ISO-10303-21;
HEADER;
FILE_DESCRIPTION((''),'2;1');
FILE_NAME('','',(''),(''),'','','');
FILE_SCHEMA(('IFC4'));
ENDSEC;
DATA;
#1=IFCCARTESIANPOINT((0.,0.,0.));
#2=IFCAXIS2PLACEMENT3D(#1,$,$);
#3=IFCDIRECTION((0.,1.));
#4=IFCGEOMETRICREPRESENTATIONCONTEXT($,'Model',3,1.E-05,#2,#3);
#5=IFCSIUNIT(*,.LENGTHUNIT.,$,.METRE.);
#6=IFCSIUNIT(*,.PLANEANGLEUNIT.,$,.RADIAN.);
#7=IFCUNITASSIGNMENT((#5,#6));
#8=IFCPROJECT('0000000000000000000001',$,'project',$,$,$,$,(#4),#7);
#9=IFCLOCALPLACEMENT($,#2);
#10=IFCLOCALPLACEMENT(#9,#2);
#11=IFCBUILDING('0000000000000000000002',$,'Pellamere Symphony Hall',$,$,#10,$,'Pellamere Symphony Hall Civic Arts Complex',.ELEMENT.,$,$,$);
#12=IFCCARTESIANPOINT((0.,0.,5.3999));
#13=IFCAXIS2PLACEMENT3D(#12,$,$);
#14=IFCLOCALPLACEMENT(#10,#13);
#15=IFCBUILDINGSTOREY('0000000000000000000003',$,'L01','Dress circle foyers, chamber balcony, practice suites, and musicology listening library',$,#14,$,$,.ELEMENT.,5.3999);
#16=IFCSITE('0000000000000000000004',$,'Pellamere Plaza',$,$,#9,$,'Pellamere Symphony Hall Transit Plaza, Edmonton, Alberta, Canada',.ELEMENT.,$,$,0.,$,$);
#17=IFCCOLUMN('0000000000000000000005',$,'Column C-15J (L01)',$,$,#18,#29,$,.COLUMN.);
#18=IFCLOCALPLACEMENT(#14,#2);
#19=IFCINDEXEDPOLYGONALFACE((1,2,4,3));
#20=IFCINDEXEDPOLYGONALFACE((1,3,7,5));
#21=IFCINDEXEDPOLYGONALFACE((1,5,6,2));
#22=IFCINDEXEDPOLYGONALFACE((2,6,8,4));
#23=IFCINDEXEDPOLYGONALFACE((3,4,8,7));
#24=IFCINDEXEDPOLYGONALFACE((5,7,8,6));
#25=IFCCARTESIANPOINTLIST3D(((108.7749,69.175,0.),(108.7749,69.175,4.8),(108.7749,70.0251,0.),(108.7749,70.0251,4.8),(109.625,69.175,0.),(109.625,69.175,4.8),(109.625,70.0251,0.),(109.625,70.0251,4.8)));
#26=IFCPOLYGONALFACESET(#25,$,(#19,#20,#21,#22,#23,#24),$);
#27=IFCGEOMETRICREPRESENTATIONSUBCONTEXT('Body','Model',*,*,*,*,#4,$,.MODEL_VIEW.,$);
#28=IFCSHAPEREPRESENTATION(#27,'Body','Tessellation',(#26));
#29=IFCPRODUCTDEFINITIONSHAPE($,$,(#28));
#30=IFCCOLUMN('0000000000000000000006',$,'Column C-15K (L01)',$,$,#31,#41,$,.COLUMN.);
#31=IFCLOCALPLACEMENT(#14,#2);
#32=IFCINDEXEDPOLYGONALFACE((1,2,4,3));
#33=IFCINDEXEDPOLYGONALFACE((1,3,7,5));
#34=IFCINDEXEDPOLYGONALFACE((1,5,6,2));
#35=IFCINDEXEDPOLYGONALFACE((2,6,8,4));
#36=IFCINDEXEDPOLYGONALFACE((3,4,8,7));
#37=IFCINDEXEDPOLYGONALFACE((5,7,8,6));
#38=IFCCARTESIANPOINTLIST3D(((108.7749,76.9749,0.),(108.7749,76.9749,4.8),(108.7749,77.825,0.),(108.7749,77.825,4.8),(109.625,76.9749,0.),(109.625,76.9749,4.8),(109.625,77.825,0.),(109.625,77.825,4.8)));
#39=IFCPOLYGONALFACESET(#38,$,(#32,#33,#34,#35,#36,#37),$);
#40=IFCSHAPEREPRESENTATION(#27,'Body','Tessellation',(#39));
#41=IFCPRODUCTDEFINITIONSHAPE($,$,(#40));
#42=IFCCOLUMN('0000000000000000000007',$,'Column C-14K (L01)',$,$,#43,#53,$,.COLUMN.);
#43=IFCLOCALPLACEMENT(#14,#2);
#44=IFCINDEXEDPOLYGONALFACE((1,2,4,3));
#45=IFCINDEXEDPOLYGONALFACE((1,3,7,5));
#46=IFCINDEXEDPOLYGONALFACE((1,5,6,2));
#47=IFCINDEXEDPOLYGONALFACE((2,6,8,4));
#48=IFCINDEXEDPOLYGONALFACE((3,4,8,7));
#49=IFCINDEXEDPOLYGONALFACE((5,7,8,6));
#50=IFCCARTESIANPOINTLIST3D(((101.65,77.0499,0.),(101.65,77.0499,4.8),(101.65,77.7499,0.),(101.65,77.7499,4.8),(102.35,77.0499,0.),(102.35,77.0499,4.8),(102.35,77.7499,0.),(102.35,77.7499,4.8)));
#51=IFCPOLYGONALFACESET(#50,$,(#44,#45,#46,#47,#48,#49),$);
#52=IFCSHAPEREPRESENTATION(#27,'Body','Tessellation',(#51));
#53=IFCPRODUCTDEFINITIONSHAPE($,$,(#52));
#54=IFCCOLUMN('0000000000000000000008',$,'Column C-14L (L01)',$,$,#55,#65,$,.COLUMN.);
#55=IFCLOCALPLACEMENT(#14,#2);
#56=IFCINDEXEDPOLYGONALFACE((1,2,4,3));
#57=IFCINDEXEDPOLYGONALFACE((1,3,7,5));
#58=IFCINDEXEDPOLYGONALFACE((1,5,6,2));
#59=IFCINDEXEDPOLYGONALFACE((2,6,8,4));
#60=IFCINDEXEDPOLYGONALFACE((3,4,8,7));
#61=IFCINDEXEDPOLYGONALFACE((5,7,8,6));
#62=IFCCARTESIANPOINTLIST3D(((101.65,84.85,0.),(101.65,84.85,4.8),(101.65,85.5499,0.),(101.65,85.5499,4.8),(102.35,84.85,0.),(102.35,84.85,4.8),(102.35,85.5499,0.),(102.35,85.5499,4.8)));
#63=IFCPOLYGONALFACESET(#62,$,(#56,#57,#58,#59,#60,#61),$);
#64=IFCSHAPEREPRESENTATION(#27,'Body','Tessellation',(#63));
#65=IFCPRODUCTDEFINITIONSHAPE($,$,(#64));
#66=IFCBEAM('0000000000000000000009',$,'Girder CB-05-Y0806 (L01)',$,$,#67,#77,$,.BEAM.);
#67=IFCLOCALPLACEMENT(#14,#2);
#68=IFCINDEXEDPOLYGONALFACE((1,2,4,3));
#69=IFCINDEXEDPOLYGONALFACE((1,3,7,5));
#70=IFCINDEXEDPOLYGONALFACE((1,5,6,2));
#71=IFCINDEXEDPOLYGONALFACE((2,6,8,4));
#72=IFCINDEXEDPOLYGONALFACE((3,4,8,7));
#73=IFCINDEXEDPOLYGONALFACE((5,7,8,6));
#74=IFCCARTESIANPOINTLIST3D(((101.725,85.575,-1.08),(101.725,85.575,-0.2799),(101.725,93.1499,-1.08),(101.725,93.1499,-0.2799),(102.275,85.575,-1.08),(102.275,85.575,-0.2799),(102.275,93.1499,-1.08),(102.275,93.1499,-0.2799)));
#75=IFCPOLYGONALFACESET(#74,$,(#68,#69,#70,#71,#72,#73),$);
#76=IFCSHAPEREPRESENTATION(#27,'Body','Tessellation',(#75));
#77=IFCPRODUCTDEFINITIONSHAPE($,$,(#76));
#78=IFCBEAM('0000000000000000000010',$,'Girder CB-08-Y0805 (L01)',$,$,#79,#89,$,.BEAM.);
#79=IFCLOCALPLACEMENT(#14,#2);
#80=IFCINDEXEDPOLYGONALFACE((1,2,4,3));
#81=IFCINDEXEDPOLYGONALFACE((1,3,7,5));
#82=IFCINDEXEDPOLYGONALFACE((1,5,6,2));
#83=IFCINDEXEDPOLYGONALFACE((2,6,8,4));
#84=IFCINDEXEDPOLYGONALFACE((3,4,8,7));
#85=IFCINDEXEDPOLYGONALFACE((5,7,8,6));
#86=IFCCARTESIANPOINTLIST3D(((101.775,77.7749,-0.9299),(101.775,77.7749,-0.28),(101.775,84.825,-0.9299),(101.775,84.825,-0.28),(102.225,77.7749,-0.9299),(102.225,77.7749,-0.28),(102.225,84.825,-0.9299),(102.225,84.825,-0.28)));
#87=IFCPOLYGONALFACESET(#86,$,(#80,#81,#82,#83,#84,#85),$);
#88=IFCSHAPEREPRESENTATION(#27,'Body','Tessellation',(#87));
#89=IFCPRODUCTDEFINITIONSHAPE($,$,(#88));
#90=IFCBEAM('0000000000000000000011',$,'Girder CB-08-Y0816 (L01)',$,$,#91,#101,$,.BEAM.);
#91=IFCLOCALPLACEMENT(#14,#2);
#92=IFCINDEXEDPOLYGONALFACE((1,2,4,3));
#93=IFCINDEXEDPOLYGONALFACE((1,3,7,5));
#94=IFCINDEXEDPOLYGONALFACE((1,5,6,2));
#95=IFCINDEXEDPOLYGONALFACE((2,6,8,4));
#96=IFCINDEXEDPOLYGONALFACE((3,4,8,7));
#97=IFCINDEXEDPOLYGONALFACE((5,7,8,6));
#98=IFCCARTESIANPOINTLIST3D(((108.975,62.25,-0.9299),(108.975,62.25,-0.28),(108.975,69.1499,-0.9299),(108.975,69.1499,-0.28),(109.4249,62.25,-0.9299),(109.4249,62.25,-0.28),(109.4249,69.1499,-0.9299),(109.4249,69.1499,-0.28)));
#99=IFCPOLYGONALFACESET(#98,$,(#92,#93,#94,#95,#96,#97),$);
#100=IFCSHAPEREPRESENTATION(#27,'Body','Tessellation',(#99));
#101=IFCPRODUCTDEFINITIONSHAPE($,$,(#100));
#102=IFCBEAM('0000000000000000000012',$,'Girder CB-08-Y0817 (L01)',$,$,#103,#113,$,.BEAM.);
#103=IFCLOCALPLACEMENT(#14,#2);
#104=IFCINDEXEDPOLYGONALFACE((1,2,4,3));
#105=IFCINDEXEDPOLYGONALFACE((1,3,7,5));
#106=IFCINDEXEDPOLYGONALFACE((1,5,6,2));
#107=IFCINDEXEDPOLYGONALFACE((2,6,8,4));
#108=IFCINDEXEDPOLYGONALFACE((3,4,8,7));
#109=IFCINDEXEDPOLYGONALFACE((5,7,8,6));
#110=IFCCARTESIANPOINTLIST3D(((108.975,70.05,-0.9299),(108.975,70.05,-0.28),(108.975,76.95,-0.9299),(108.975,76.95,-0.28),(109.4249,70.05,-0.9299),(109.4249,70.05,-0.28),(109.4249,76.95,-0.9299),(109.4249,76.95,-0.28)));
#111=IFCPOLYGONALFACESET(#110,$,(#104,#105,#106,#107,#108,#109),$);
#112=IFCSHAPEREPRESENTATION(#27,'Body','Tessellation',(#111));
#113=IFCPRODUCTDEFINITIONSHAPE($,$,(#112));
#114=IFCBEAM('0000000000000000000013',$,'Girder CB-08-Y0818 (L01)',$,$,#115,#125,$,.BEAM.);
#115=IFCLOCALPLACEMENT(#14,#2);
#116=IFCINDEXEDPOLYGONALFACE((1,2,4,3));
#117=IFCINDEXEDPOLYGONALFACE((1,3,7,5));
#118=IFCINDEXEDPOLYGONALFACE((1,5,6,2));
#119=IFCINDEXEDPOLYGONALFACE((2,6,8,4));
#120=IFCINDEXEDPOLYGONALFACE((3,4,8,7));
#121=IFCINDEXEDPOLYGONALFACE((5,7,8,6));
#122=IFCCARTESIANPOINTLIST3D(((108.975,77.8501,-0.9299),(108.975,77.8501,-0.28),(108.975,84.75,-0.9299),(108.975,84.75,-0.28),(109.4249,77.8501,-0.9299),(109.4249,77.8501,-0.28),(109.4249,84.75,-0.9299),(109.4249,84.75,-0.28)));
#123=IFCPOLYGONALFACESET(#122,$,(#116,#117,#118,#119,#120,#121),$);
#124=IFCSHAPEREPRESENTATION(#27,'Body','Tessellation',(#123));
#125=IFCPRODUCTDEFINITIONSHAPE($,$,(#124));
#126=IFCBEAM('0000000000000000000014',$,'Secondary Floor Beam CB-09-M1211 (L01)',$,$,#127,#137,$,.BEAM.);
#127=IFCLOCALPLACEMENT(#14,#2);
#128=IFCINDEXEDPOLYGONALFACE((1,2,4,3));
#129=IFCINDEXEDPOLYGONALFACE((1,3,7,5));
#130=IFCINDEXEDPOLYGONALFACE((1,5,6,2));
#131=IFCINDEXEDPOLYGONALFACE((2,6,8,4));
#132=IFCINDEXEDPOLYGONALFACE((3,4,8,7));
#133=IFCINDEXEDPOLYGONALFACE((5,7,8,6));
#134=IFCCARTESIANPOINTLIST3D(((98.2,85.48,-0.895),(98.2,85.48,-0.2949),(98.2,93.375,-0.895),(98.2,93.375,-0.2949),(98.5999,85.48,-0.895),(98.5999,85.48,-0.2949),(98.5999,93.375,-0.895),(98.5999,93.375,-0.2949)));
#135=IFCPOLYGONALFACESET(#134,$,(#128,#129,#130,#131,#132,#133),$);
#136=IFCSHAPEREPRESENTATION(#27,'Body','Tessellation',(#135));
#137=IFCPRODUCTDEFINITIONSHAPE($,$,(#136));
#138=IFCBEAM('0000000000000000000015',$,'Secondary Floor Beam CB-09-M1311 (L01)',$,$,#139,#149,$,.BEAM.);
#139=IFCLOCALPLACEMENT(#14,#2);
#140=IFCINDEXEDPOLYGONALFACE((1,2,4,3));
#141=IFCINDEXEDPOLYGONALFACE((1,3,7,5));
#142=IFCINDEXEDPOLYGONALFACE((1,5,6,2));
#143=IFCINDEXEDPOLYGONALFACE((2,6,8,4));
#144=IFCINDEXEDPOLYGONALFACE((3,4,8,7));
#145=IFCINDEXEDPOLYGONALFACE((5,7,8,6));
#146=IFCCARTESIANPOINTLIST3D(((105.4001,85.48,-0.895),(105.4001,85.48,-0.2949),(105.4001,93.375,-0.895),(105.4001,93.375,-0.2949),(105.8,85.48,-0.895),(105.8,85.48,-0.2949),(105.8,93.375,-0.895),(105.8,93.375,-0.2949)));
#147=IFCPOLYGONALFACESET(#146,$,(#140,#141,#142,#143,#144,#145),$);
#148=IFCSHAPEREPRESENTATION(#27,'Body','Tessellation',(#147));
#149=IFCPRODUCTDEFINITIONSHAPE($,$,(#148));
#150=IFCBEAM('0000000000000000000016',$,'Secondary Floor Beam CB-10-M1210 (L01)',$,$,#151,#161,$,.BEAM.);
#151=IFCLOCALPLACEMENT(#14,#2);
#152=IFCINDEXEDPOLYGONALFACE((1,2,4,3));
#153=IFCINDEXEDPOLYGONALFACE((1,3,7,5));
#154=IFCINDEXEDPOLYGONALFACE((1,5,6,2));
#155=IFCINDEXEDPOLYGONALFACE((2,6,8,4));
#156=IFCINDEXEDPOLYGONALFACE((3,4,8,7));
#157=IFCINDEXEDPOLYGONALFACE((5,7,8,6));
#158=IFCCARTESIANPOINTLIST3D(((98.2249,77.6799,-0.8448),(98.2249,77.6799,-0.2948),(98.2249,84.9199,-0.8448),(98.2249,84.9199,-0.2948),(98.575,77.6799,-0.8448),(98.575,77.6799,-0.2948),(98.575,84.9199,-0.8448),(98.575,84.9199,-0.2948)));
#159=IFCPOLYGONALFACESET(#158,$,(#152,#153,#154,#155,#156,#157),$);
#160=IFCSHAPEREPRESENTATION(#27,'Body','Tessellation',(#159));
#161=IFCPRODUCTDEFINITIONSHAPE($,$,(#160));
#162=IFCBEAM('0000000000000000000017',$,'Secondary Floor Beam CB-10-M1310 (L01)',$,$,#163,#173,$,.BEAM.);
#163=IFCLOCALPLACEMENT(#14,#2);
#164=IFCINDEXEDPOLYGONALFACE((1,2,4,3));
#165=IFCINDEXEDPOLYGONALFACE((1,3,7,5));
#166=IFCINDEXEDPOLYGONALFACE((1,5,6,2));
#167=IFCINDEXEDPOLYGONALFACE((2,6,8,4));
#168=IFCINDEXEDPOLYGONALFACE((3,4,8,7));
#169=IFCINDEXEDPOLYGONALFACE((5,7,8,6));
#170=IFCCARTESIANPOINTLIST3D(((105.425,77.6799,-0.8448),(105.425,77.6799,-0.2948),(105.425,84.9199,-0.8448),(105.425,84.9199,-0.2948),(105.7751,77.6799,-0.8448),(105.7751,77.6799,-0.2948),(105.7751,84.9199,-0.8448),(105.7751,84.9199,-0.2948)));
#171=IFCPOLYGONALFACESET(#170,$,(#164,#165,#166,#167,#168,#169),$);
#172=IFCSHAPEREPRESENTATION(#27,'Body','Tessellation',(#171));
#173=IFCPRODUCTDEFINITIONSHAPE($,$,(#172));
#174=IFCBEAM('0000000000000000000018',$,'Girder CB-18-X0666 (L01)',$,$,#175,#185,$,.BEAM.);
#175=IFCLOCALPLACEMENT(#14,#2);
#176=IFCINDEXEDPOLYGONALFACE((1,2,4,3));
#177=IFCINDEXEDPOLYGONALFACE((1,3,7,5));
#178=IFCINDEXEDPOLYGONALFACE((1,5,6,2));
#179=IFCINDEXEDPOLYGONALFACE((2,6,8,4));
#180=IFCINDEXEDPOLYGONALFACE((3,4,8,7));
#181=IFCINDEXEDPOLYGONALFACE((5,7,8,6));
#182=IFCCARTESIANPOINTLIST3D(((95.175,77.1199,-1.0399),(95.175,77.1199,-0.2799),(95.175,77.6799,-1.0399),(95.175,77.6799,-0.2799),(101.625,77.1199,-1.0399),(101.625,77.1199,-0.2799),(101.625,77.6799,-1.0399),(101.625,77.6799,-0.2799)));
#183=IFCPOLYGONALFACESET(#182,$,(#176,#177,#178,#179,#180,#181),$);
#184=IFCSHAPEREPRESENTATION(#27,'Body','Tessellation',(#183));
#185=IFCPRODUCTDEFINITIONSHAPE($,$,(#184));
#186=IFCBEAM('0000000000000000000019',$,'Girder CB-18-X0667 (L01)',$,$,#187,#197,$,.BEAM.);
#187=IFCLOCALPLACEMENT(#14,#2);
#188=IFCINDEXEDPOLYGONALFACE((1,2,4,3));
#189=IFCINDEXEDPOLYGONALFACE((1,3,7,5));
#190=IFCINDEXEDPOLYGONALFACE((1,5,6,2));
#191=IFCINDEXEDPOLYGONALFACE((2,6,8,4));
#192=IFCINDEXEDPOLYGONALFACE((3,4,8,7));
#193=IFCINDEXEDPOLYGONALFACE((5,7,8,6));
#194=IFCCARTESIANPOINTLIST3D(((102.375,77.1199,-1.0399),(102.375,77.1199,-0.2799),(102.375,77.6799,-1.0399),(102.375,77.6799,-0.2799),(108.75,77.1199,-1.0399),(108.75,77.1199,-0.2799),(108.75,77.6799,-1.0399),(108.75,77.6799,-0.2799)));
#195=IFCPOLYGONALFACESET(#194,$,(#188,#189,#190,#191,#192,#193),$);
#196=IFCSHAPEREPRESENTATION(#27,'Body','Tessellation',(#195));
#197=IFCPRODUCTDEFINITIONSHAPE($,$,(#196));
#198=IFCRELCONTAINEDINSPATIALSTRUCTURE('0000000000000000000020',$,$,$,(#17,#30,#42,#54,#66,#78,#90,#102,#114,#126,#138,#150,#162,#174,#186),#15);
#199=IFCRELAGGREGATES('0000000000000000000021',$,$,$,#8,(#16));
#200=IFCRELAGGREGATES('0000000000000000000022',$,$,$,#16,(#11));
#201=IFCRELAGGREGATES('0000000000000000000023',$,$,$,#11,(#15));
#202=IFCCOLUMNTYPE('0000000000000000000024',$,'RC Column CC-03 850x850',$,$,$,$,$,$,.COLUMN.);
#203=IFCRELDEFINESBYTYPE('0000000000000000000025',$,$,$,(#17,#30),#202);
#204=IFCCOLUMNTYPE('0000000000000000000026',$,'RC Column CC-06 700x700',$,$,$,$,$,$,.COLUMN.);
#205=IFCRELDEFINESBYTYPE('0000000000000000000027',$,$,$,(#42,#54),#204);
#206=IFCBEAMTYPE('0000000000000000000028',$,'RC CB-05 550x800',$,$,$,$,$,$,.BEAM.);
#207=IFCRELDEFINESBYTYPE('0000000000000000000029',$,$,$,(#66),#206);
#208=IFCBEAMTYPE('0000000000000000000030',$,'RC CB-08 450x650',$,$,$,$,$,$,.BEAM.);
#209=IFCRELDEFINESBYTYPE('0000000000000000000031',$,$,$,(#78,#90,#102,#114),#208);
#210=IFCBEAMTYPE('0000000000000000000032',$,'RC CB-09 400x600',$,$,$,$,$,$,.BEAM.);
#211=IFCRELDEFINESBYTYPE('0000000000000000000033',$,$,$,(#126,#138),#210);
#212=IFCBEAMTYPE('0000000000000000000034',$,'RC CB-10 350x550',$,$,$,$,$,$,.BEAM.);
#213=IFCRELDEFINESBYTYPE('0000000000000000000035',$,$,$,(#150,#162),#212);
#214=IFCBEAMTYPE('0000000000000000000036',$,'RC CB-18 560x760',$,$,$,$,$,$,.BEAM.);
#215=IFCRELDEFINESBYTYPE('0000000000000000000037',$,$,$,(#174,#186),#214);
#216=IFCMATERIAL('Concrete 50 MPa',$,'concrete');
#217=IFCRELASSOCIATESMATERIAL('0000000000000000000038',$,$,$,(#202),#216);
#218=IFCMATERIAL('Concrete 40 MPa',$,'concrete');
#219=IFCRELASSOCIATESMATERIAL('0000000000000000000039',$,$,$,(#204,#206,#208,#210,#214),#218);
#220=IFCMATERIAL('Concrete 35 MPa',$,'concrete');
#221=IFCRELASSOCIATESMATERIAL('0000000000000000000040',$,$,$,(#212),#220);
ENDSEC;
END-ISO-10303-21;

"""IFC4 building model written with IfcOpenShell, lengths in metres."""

from ifc_helpers import new_model, si_unit, direction, frame, origin, origin_2d, place, context, subcontext, project, spatial, rectangle, extrude, material, material_profile, profile_set, type_object, element, save


model = new_model("IFC4")

# Units and contexts
model_context = context("Model", 3, precision=1e-05, world=origin(), true_north=direction((0.0, 1.0)))
body_context = subcontext(model_context, "Body", "Model", "MODEL_VIEW")
ifc_project = project(units=[si_unit("LENGTHUNIT", "METRE"), si_unit("PLANEANGLEUNIT", "RADIAN")], contexts=[model_context])

# Site, building, storey
site_placement = place(None, origin())
site = spatial("IfcSite", under=ifc_project, at=site_placement, Name="Pellamere Plaza", LongName="Pellamere Symphony Hall Transit Plaza, Edmonton, Alberta, Canada", CompositionType="ELEMENT", RefElevation=0.0)
building_placement = place(site_placement, origin())
building = spatial("IfcBuilding", under=site, at=building_placement, Name="Pellamere Symphony Hall", LongName="Pellamere Symphony Hall Civic Arts Complex", CompositionType="ELEMENT")
storey_placement = place(building_placement, frame((0.0, 0.0, 5.3999)))
storey = spatial("IfcBuildingStorey", under=building, at=storey_placement, Name="L01", Description="Dress circle foyers, chamber balcony, practice suites, and musicology listening library", CompositionType="ELEMENT", Elevation=5.3999)

# Columns
ifc_material_1 = material(Name="Concrete 50 MPa", Category="concrete")
ifc_material_profile_1 = material_profile(ifc_material_1, rectangle(XDim=0.8501, YDim=0.8501, at=origin_2d()), Name="RC 850x850")
ifc_profile_set_1 = profile_set([ifc_material_profile_1], Name="Concrete 50 MPa")
column_type_1 = type_object("IfcColumnType", Name="RC Column CC-03 850x850", PredefinedType="COLUMN", material=ifc_profile_set_1)
for number, where, z_axis, x_axis, name in (
    (1, (109.2, 69.6001, 0.0), (0.0, 0.0, 1.0), (1.0, 0.0, 0.0), "Column C-15J (L01)"),
    (2, (109.2, 77.3999, 0.0), (0.0, 0.0, 1.0), (1.0, 0.0, 0.0), "Column C-15K (L01)"),
):
    element("IfcColumn", number, at=place(storey_placement, frame(where, z_axis=z_axis, x_axis=x_axis)), inside=storey, type_object=column_type_1, Name=name, PredefinedType="COLUMN", context=body_context, shape_type="SweptSolid", body=[
        extrude(rectangle(XDim=0.8501, YDim=0.8501, at=origin_2d()), origin(), (0.0, 0.0, 1.0), 4.8),
    ])
ifc_material_2 = material(Name="Concrete 40 MPa", Category="concrete")
ifc_material_profile_2 = material_profile(ifc_material_2, rectangle(XDim=0.7, YDim=0.7, at=origin_2d()), Name="RC 700x700")
ifc_profile_set_2 = profile_set([ifc_material_profile_2], Name="Concrete 40 MPa")
column_type_2 = type_object("IfcColumnType", Name="RC Column CC-06 700x700", PredefinedType="COLUMN", material=ifc_profile_set_2)
for number, where, z_axis, x_axis, name in (
    (3, (102.0, 77.3999, 0.0), (0.0, 0.0, 1.0), (1.0, 0.0, 0.0), "Column C-14K (L01)"),
    (4, (102.0, 85.2, 0.0), (0.0, 0.0, 1.0), (1.0, 0.0, 0.0), "Column C-14L (L01)"),
):
    element("IfcColumn", number, at=place(storey_placement, frame(where, z_axis=z_axis, x_axis=x_axis)), inside=storey, type_object=column_type_2, Name=name, PredefinedType="COLUMN", context=body_context, shape_type="SweptSolid", body=[
        extrude(rectangle(XDim=0.7, YDim=0.7, at=origin_2d()), origin(), (0.0, 0.0, 1.0), 4.8),
    ])

# Beams
ifc_material_profile_3 = material_profile(ifc_material_2, rectangle(XDim=0.55, YDim=0.8, at=origin_2d()), Name="RC 550x800")
ifc_profile_set_3 = profile_set([ifc_material_profile_3], Name="Concrete 40 MPa")
beam_type_1 = type_object("IfcBeamType", Name="RC CB-05 550x800", PredefinedType="BEAM", material=ifc_profile_set_3)
beam_1_placement = place(storey_placement, frame((102.0, 85.575, -0.6799), z_axis=(0.0, 1.0, 0.0), x_axis=(-1.0, 0.0, 0.0)))
element("IfcBeam", 5, at=beam_1_placement, inside=storey, type_object=beam_type_1, Name="Girder CB-05-Y0806 (L01)", PredefinedType="BEAM", context=body_context, shape_type="SweptSolid", body=[
    extrude(rectangle(XDim=0.55, YDim=0.8, at=origin_2d()), origin(), (0.0, 0.0, 1.0), 7.575),
])
ifc_material_profile_4 = material_profile(ifc_material_2, rectangle(XDim=0.45, YDim=0.6499, at=origin_2d()), Name="RC 450x650")
ifc_profile_set_4 = profile_set([ifc_material_profile_4], Name="Concrete 40 MPa")
beam_type_2 = type_object("IfcBeamType", Name="RC CB-08 450x650", PredefinedType="BEAM", material=ifc_profile_set_4)
beam_2_placement = place(storey_placement, frame((102.0, 77.7749, -0.605), z_axis=(0.0, 1.0, 0.0), x_axis=(-1.0, 0.0, 0.0)))
element("IfcBeam", 6, at=beam_2_placement, inside=storey, type_object=beam_type_2, Name="Girder CB-08-Y0805 (L01)", PredefinedType="BEAM", context=body_context, shape_type="SweptSolid", body=[
    extrude(rectangle(XDim=0.45, YDim=0.6499, at=origin_2d()), origin(), (0.0, 0.0, 1.0), 7.05),
])
for number, where, z_axis, x_axis, name in (
    (7, (109.2, 62.25, -0.605), (0.0, 1.0, 0.0), (-1.0, 0.0, 0.0), "Girder CB-08-Y0816 (L01)"),
    (8, (109.2, 70.05, -0.605), (0.0, 1.0, 0.0), (-1.0, 0.0, 0.0), "Girder CB-08-Y0817 (L01)"),
    (9, (109.2, 77.8501, -0.605), (0.0, 1.0, 0.0), (-1.0, 0.0, 0.0), "Girder CB-08-Y0818 (L01)"),
):
    element("IfcBeam", number, at=place(storey_placement, frame(where, z_axis=z_axis, x_axis=x_axis)), inside=storey, type_object=beam_type_2, Name=name, PredefinedType="BEAM", context=body_context, shape_type="SweptSolid", body=[
        extrude(rectangle(XDim=0.45, YDim=0.6499, at=origin_2d()), origin(), (0.0, 0.0, 1.0), 6.8999),
    ])
ifc_material_profile_5 = material_profile(ifc_material_2, rectangle(XDim=0.3999, YDim=0.6001, at=origin_2d()), Name="RC 400x600")
ifc_profile_set_5 = profile_set([ifc_material_profile_5], Name="Concrete 40 MPa")
beam_type_3 = type_object("IfcBeamType", Name="RC CB-09 400x600", PredefinedType="BEAM", material=ifc_profile_set_5)
for number, where, z_axis, x_axis, name in (
    (10, (98.3999, 85.48, -0.595), (0.0, 1.0, 0.0), (-1.0, 0.0, 0.0), "Secondary Floor Beam CB-09-M1211 (L01)"),
    (11, (105.6001, 85.48, -0.595), (0.0, 1.0, 0.0), (-1.0, 0.0, 0.0), "Secondary Floor Beam CB-09-M1311 (L01)"),
):
    element("IfcBeam", number, at=place(storey_placement, frame(where, z_axis=z_axis, x_axis=x_axis)), inside=storey, type_object=beam_type_3, Name=name, PredefinedType="BEAM", context=body_context, shape_type="SweptSolid", body=[
        extrude(rectangle(XDim=0.3999, YDim=0.6001, at=origin_2d()), origin(), (0.0, 0.0, 1.0), 7.895),
    ])
ifc_material_3 = material(Name="Concrete 35 MPa", Category="concrete")
ifc_material_profile_6 = material_profile(ifc_material_3, rectangle(XDim=0.3501, YDim=0.55, at=origin_2d()), Name="RC 350x550")
ifc_profile_set_6 = profile_set([ifc_material_profile_6], Name="Concrete 35 MPa")
beam_type_4 = type_object("IfcBeamType", Name="RC CB-10 350x550", PredefinedType="BEAM", material=ifc_profile_set_6)
for number, where, z_axis, x_axis, name in (
    (12, (98.3999, 77.6799, -0.5698), (0.0, 1.0, 0.0), (-1.0, 0.0, 0.0), "Secondary Floor Beam CB-10-M1210 (L01)"),
    (13, (105.6001, 77.6799, -0.5698), (0.0, 1.0, 0.0), (-1.0, 0.0, 0.0), "Secondary Floor Beam CB-10-M1310 (L01)"),
):
    element("IfcBeam", number, at=place(storey_placement, frame(where, z_axis=z_axis, x_axis=x_axis)), inside=storey, type_object=beam_type_4, Name=name, PredefinedType="BEAM", context=body_context, shape_type="SweptSolid", body=[
        extrude(rectangle(XDim=0.3501, YDim=0.55, at=origin_2d()), origin(), (0.0, 0.0, 1.0), 7.24),
    ])
ifc_material_profile_7 = material_profile(ifc_material_2, rectangle(XDim=0.5601, YDim=0.76, at=origin_2d()), Name="RC 560x760")
ifc_profile_set_7 = profile_set([ifc_material_profile_7], Name="Concrete 40 MPa")
beam_type_5 = type_object("IfcBeamType", Name="RC CB-18 560x760", PredefinedType="BEAM", material=ifc_profile_set_7)
beam_3_placement = place(storey_placement, frame((95.175, 77.3999, -0.6599), z_axis=(1.0, 0.0, 0.0), x_axis=(0.0, 1.0, 0.0)))
element("IfcBeam", 14, at=beam_3_placement, inside=storey, type_object=beam_type_5, Name="Girder CB-18-X0666 (L01)", PredefinedType="BEAM", context=body_context, shape_type="SweptSolid", body=[
    extrude(rectangle(XDim=0.5601, YDim=0.76, at=origin_2d()), origin(), (0.0, 0.0, 1.0), 6.45),
])
beam_4_placement = place(storey_placement, frame((102.375, 77.3999, -0.6599), z_axis=(1.0, 0.0, 0.0), x_axis=(0.0, 1.0, 0.0)))
element("IfcBeam", 15, at=beam_4_placement, inside=storey, type_object=beam_type_5, Name="Girder CB-18-X0667 (L01)", PredefinedType="BEAM", context=body_context, shape_type="SweptSolid", body=[
    extrude(rectangle(XDim=0.5601, YDim=0.76, at=origin_2d()), origin(), (0.0, 0.0, 1.0), 6.375),
])

save(model, "model.ifc")
